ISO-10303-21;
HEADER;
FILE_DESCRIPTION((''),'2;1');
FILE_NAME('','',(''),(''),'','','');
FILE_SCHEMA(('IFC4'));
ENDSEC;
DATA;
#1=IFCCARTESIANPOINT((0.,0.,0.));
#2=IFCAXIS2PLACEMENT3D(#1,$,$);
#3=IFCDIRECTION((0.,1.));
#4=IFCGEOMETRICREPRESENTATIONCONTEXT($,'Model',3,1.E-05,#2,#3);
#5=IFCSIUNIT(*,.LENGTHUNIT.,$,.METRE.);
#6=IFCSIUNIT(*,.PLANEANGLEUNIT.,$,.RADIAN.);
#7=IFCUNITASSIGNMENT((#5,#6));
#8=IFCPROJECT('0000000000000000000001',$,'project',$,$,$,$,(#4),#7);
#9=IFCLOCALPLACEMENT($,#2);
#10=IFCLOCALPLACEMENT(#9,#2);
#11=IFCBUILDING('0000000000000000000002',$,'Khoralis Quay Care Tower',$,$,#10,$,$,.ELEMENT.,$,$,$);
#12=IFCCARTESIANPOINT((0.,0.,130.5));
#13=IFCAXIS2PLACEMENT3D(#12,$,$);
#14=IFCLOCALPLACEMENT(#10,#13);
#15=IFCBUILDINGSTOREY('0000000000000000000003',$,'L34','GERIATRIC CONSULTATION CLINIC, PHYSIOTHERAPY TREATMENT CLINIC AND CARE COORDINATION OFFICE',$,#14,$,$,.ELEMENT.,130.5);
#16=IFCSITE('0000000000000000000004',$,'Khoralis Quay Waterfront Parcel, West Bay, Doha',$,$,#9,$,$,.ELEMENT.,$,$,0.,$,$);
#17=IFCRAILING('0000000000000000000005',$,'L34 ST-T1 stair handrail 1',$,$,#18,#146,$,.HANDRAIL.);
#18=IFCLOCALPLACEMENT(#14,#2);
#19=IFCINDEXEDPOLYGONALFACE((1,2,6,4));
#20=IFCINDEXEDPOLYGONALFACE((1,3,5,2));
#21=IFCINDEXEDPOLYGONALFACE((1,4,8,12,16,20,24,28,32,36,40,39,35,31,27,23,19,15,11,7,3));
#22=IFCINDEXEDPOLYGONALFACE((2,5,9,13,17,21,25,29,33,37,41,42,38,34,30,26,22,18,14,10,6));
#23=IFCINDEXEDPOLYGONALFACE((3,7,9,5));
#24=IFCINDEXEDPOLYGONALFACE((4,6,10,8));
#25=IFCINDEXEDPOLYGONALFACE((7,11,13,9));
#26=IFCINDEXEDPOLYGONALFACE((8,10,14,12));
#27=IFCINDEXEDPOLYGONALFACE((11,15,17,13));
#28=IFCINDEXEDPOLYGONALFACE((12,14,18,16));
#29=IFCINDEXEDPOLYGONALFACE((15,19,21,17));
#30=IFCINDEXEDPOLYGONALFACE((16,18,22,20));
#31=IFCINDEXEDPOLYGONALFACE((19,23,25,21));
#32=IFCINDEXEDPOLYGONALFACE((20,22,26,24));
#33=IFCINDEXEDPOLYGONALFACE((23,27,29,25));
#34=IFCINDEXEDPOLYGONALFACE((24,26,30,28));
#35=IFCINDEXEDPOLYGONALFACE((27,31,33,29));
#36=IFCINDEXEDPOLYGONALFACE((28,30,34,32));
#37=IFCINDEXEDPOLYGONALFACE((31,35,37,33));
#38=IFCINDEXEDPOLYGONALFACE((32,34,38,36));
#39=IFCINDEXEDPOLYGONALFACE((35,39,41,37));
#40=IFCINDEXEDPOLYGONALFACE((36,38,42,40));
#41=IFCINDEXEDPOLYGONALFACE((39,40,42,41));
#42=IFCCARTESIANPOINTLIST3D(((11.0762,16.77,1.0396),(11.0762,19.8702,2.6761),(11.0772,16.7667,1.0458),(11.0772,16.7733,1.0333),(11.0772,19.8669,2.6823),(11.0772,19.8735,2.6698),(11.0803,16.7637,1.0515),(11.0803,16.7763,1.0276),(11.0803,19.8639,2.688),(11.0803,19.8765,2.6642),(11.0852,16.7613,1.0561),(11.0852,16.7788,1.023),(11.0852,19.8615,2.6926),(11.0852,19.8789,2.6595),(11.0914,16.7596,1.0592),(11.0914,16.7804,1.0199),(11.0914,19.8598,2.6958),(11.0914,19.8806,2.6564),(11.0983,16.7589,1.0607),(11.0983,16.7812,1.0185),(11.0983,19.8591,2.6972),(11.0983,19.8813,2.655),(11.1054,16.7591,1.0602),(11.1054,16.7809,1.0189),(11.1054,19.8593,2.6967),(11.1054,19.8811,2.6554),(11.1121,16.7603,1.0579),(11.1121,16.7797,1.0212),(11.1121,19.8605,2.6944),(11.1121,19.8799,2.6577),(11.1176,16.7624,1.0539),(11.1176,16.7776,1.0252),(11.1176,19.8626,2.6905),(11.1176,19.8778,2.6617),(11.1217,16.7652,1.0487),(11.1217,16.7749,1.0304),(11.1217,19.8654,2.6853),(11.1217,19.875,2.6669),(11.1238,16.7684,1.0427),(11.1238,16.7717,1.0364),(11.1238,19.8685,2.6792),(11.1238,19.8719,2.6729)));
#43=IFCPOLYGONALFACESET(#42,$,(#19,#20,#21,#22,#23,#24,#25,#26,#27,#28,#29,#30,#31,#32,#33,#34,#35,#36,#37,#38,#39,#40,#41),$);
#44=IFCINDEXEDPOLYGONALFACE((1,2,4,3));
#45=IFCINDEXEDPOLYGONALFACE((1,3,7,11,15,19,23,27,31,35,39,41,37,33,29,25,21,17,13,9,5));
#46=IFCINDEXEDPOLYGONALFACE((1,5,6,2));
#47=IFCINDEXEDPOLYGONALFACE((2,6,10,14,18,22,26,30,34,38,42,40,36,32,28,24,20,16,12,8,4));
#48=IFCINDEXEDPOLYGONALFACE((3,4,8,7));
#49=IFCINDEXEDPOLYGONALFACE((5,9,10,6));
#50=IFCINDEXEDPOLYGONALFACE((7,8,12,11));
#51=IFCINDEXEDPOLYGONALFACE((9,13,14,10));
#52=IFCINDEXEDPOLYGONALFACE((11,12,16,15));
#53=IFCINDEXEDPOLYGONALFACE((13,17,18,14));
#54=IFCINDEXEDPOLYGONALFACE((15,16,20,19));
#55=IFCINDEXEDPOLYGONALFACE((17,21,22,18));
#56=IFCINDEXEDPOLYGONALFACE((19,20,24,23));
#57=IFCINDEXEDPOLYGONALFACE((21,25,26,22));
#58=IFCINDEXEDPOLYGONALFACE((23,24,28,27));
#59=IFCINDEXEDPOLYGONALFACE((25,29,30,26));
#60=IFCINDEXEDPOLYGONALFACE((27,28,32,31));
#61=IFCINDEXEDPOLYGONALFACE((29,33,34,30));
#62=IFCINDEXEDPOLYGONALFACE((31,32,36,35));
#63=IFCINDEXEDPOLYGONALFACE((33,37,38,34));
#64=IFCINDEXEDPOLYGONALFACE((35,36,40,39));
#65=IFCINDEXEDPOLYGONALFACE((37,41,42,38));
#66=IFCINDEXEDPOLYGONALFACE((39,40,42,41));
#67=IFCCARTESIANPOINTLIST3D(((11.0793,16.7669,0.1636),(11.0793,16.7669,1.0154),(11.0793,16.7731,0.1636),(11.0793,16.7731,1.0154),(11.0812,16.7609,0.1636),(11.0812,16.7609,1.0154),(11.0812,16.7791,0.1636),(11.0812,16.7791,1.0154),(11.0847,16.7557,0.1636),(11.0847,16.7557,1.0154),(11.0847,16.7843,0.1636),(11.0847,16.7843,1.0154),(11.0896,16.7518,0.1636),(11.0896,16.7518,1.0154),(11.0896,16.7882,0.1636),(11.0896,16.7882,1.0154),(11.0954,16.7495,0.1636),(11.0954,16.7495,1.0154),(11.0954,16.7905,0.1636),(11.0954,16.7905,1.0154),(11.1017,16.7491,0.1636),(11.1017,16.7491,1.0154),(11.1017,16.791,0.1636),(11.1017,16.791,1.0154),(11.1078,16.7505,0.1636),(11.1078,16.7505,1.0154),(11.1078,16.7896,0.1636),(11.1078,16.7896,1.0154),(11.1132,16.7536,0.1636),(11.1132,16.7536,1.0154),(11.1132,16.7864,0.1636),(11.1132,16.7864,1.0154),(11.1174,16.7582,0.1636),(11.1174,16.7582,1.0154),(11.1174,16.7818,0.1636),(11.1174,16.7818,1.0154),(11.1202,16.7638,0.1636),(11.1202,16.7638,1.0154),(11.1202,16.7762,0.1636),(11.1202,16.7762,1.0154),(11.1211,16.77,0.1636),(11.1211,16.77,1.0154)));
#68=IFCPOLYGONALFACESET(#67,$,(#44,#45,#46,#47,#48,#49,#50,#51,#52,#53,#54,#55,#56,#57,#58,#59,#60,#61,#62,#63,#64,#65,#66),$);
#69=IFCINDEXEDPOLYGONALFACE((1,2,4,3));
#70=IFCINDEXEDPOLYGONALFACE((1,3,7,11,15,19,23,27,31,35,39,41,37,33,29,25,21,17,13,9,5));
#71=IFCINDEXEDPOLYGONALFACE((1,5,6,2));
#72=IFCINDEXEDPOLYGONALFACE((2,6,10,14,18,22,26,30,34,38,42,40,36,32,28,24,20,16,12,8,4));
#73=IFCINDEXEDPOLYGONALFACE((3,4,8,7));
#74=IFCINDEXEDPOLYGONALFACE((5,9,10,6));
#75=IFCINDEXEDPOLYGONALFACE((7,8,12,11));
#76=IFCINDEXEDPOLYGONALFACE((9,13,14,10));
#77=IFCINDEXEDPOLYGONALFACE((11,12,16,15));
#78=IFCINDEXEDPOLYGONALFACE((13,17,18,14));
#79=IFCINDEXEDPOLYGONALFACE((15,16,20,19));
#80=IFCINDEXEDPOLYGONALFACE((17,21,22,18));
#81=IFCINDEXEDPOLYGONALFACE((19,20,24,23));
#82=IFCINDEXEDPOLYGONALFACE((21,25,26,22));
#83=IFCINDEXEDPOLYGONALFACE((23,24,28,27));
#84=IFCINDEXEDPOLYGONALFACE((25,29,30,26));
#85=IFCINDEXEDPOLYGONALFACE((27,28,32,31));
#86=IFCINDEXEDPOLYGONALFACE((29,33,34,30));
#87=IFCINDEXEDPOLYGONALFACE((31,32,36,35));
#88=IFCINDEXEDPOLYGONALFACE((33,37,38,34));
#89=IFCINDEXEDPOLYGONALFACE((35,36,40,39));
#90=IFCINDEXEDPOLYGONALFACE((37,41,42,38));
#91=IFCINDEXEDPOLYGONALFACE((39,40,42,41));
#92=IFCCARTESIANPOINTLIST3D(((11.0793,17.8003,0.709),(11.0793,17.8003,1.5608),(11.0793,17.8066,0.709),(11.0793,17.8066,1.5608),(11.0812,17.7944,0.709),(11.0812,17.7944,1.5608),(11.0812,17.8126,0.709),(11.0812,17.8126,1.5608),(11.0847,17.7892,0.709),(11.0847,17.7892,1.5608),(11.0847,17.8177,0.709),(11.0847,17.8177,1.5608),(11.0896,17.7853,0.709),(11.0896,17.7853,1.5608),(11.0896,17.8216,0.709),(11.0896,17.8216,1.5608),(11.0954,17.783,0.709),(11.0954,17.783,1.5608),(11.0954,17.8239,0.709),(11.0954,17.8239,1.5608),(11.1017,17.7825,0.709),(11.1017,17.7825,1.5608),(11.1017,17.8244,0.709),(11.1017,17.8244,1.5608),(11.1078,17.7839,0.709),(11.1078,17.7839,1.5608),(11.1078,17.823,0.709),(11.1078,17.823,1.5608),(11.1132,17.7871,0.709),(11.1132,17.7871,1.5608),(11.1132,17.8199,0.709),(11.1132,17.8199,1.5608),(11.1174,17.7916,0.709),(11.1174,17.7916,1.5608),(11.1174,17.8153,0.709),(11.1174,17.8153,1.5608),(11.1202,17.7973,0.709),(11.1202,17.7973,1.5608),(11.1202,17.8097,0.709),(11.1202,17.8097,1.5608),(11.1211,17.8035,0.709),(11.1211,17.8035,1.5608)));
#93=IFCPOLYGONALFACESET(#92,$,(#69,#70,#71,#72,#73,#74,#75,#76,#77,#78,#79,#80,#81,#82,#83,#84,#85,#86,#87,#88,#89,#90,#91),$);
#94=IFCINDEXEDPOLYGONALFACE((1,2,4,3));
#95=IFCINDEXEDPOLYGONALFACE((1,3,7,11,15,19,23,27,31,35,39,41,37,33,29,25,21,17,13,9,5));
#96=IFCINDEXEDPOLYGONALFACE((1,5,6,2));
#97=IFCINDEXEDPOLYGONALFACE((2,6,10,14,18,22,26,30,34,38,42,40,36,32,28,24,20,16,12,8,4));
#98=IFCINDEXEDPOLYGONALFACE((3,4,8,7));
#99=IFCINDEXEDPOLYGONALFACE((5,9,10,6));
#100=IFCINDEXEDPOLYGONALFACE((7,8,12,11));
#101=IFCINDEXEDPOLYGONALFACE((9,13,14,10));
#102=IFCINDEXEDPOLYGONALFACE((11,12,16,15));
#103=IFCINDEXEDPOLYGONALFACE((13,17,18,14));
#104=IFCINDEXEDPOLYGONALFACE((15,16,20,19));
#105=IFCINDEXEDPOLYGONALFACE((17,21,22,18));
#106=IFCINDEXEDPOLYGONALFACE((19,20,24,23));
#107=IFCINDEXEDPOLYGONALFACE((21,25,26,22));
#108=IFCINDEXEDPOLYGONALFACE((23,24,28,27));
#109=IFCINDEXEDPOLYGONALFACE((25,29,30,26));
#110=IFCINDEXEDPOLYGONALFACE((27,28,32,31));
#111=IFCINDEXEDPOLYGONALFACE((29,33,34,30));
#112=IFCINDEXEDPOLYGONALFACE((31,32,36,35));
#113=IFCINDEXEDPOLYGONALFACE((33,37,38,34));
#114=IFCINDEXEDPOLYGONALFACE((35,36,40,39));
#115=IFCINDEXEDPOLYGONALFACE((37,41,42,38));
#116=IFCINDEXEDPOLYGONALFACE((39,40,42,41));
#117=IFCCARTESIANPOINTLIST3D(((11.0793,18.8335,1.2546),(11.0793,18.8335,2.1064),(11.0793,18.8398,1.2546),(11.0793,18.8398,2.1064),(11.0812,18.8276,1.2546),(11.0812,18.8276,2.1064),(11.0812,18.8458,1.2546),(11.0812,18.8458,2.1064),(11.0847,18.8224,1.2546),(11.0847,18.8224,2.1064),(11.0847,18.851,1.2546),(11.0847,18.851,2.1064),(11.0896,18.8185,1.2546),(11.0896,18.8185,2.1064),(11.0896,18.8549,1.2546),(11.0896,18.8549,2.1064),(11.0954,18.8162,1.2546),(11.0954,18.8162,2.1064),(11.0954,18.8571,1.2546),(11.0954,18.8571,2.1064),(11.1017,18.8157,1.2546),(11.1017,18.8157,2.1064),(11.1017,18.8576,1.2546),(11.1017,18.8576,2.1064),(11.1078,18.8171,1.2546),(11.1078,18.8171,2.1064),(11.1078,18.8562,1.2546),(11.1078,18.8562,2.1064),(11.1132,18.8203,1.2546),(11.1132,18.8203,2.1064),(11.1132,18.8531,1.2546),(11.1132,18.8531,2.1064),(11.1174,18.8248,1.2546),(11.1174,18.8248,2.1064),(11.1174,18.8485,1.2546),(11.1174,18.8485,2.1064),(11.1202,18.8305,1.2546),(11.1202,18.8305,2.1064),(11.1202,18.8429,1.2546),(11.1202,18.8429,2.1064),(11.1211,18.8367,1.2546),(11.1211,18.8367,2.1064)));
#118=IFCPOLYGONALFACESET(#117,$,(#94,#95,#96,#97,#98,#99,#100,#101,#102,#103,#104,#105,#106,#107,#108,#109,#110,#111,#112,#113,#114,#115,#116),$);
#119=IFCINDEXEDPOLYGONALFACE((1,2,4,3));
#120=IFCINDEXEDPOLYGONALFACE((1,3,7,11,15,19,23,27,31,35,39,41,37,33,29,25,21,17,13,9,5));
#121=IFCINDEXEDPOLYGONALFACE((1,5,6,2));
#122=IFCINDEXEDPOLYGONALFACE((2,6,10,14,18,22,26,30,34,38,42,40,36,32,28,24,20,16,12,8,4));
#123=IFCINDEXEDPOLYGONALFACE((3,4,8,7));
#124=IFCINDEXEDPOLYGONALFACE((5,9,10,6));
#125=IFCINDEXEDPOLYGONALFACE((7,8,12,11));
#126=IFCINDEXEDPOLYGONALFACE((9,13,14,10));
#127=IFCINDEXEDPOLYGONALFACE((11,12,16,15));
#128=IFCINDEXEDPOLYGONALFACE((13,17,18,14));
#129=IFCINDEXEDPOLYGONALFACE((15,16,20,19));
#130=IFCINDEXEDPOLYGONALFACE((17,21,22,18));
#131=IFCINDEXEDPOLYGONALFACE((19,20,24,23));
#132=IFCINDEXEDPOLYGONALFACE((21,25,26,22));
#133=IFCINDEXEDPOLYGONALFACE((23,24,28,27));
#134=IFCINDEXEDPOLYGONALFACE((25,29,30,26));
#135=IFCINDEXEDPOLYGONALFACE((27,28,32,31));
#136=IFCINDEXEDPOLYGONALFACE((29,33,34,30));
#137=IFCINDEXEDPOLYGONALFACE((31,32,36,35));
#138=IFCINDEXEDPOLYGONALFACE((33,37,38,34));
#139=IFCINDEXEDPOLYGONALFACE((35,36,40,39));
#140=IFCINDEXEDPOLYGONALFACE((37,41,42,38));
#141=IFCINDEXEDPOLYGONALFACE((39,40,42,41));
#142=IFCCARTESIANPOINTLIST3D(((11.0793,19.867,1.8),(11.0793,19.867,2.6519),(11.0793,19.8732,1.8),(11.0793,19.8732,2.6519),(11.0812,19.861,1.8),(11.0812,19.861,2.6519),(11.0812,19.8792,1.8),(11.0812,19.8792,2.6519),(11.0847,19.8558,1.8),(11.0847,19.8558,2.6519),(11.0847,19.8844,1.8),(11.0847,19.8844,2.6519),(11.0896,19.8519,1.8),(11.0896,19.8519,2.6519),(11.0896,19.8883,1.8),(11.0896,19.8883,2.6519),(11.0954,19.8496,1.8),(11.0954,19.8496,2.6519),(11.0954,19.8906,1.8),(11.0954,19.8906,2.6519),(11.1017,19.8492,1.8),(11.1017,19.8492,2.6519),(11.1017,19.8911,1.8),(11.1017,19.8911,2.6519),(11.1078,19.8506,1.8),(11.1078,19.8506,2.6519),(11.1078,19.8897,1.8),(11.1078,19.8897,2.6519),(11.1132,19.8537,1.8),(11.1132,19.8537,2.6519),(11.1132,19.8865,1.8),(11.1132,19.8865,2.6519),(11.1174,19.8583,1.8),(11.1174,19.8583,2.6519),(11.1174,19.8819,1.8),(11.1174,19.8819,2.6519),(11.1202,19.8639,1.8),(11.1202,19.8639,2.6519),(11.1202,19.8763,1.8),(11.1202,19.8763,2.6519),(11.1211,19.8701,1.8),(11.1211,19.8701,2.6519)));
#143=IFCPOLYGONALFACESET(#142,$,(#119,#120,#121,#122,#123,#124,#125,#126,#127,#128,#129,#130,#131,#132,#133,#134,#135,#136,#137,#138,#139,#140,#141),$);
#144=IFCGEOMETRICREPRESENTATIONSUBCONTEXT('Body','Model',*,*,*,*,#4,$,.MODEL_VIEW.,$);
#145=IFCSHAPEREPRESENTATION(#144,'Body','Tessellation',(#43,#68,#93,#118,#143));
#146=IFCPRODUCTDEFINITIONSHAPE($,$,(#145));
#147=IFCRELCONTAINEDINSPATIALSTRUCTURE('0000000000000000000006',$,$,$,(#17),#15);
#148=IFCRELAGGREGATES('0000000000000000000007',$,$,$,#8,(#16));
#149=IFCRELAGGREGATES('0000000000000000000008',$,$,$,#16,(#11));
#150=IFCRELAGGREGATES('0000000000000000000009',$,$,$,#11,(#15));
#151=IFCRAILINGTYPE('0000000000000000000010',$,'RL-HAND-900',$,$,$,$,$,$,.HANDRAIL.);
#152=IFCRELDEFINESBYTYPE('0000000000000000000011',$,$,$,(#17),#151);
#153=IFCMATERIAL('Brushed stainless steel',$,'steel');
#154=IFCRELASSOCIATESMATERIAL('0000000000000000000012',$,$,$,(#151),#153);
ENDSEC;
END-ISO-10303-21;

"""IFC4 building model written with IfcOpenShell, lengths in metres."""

from ifc_helpers import new_model, si_unit, direction, frame, origin, origin_2d, place, context, subcontext, project, spatial, circle, extrude, material, type_object, element, save


model = new_model("IFC4")

# Units and contexts
model_context = context("Model", 3, precision=1e-05, world=origin(), true_north=direction((0.0, 1.0)))
body_context = subcontext(model_context, "Body", "Model", "MODEL_VIEW")
ifc_project = project(units=[si_unit("LENGTHUNIT", "METRE"), si_unit("PLANEANGLEUNIT", "RADIAN")], contexts=[model_context])

# Site, building, storey
site_placement = place(None, origin())
site = spatial("IfcSite", under=ifc_project, at=site_placement, Name="Khoralis Quay Waterfront Parcel, West Bay, Doha", CompositionType="ELEMENT", RefElevation=0.0)
building_placement = place(site_placement, origin())
building = spatial("IfcBuilding", under=site, at=building_placement, Name="Khoralis Quay Care Tower", CompositionType="ELEMENT")
storey_placement = place(building_placement, frame((0.0, 0.0, 130.5)))
storey = spatial("IfcBuildingStorey", under=building, at=storey_placement, Name="L34", Description="GERIATRIC CONSULTATION CLINIC, PHYSIOTHERAPY TREATMENT CLINIC AND CARE COORDINATION OFFICE", CompositionType="ELEMENT", Elevation=130.5)

# Railing
ifc_material_1 = material(Name="Brushed stainless steel", Category="steel")
railing_type_1 = type_object("IfcRailingType", Name="RL-HAND-900", PredefinedType="HANDRAIL", material=ifc_material_1)
railing_1_placement = place(storey_placement, frame((11.1001, 16.77, 0.1636)))
element("IfcRailing", 1, at=railing_1_placement, inside=storey, type_object=railing_type_1, Name="L34 ST-T1 stair handrail 1", PredefinedType="HANDRAIL", context=body_context, shape_type="SweptSolid", body=[
    extrude(circle(Radius=0.0239, at=origin_2d()), frame((0.0, 0.0, 0.876), z_axis=(0.0, 0.884348, 0.466828), x_axis=(-1.0, 0.0, 0.0)), (0.0, 0.0, 1.0), 3.5056),
    extrude(circle(Radius=0.021, at=origin_2d()), origin(), (0.0, 0.0, 1.0), 0.8518),
    extrude(circle(Radius=0.021, at=origin_2d()), frame((0.0, 1.0334, 0.5454)), (0.0, 0.0, 1.0), 0.8518),
    extrude(circle(Radius=0.021, at=origin_2d()), frame((0.0, 2.0667, 1.0911)), (0.0, 0.0, 1.0), 0.8518),
    extrude(circle(Radius=0.021, at=origin_2d()), frame((0.0, 3.1001, 1.6365)), (0.0, 0.0, 1.0), 0.8518),
])

save(model, "model.ifc")
